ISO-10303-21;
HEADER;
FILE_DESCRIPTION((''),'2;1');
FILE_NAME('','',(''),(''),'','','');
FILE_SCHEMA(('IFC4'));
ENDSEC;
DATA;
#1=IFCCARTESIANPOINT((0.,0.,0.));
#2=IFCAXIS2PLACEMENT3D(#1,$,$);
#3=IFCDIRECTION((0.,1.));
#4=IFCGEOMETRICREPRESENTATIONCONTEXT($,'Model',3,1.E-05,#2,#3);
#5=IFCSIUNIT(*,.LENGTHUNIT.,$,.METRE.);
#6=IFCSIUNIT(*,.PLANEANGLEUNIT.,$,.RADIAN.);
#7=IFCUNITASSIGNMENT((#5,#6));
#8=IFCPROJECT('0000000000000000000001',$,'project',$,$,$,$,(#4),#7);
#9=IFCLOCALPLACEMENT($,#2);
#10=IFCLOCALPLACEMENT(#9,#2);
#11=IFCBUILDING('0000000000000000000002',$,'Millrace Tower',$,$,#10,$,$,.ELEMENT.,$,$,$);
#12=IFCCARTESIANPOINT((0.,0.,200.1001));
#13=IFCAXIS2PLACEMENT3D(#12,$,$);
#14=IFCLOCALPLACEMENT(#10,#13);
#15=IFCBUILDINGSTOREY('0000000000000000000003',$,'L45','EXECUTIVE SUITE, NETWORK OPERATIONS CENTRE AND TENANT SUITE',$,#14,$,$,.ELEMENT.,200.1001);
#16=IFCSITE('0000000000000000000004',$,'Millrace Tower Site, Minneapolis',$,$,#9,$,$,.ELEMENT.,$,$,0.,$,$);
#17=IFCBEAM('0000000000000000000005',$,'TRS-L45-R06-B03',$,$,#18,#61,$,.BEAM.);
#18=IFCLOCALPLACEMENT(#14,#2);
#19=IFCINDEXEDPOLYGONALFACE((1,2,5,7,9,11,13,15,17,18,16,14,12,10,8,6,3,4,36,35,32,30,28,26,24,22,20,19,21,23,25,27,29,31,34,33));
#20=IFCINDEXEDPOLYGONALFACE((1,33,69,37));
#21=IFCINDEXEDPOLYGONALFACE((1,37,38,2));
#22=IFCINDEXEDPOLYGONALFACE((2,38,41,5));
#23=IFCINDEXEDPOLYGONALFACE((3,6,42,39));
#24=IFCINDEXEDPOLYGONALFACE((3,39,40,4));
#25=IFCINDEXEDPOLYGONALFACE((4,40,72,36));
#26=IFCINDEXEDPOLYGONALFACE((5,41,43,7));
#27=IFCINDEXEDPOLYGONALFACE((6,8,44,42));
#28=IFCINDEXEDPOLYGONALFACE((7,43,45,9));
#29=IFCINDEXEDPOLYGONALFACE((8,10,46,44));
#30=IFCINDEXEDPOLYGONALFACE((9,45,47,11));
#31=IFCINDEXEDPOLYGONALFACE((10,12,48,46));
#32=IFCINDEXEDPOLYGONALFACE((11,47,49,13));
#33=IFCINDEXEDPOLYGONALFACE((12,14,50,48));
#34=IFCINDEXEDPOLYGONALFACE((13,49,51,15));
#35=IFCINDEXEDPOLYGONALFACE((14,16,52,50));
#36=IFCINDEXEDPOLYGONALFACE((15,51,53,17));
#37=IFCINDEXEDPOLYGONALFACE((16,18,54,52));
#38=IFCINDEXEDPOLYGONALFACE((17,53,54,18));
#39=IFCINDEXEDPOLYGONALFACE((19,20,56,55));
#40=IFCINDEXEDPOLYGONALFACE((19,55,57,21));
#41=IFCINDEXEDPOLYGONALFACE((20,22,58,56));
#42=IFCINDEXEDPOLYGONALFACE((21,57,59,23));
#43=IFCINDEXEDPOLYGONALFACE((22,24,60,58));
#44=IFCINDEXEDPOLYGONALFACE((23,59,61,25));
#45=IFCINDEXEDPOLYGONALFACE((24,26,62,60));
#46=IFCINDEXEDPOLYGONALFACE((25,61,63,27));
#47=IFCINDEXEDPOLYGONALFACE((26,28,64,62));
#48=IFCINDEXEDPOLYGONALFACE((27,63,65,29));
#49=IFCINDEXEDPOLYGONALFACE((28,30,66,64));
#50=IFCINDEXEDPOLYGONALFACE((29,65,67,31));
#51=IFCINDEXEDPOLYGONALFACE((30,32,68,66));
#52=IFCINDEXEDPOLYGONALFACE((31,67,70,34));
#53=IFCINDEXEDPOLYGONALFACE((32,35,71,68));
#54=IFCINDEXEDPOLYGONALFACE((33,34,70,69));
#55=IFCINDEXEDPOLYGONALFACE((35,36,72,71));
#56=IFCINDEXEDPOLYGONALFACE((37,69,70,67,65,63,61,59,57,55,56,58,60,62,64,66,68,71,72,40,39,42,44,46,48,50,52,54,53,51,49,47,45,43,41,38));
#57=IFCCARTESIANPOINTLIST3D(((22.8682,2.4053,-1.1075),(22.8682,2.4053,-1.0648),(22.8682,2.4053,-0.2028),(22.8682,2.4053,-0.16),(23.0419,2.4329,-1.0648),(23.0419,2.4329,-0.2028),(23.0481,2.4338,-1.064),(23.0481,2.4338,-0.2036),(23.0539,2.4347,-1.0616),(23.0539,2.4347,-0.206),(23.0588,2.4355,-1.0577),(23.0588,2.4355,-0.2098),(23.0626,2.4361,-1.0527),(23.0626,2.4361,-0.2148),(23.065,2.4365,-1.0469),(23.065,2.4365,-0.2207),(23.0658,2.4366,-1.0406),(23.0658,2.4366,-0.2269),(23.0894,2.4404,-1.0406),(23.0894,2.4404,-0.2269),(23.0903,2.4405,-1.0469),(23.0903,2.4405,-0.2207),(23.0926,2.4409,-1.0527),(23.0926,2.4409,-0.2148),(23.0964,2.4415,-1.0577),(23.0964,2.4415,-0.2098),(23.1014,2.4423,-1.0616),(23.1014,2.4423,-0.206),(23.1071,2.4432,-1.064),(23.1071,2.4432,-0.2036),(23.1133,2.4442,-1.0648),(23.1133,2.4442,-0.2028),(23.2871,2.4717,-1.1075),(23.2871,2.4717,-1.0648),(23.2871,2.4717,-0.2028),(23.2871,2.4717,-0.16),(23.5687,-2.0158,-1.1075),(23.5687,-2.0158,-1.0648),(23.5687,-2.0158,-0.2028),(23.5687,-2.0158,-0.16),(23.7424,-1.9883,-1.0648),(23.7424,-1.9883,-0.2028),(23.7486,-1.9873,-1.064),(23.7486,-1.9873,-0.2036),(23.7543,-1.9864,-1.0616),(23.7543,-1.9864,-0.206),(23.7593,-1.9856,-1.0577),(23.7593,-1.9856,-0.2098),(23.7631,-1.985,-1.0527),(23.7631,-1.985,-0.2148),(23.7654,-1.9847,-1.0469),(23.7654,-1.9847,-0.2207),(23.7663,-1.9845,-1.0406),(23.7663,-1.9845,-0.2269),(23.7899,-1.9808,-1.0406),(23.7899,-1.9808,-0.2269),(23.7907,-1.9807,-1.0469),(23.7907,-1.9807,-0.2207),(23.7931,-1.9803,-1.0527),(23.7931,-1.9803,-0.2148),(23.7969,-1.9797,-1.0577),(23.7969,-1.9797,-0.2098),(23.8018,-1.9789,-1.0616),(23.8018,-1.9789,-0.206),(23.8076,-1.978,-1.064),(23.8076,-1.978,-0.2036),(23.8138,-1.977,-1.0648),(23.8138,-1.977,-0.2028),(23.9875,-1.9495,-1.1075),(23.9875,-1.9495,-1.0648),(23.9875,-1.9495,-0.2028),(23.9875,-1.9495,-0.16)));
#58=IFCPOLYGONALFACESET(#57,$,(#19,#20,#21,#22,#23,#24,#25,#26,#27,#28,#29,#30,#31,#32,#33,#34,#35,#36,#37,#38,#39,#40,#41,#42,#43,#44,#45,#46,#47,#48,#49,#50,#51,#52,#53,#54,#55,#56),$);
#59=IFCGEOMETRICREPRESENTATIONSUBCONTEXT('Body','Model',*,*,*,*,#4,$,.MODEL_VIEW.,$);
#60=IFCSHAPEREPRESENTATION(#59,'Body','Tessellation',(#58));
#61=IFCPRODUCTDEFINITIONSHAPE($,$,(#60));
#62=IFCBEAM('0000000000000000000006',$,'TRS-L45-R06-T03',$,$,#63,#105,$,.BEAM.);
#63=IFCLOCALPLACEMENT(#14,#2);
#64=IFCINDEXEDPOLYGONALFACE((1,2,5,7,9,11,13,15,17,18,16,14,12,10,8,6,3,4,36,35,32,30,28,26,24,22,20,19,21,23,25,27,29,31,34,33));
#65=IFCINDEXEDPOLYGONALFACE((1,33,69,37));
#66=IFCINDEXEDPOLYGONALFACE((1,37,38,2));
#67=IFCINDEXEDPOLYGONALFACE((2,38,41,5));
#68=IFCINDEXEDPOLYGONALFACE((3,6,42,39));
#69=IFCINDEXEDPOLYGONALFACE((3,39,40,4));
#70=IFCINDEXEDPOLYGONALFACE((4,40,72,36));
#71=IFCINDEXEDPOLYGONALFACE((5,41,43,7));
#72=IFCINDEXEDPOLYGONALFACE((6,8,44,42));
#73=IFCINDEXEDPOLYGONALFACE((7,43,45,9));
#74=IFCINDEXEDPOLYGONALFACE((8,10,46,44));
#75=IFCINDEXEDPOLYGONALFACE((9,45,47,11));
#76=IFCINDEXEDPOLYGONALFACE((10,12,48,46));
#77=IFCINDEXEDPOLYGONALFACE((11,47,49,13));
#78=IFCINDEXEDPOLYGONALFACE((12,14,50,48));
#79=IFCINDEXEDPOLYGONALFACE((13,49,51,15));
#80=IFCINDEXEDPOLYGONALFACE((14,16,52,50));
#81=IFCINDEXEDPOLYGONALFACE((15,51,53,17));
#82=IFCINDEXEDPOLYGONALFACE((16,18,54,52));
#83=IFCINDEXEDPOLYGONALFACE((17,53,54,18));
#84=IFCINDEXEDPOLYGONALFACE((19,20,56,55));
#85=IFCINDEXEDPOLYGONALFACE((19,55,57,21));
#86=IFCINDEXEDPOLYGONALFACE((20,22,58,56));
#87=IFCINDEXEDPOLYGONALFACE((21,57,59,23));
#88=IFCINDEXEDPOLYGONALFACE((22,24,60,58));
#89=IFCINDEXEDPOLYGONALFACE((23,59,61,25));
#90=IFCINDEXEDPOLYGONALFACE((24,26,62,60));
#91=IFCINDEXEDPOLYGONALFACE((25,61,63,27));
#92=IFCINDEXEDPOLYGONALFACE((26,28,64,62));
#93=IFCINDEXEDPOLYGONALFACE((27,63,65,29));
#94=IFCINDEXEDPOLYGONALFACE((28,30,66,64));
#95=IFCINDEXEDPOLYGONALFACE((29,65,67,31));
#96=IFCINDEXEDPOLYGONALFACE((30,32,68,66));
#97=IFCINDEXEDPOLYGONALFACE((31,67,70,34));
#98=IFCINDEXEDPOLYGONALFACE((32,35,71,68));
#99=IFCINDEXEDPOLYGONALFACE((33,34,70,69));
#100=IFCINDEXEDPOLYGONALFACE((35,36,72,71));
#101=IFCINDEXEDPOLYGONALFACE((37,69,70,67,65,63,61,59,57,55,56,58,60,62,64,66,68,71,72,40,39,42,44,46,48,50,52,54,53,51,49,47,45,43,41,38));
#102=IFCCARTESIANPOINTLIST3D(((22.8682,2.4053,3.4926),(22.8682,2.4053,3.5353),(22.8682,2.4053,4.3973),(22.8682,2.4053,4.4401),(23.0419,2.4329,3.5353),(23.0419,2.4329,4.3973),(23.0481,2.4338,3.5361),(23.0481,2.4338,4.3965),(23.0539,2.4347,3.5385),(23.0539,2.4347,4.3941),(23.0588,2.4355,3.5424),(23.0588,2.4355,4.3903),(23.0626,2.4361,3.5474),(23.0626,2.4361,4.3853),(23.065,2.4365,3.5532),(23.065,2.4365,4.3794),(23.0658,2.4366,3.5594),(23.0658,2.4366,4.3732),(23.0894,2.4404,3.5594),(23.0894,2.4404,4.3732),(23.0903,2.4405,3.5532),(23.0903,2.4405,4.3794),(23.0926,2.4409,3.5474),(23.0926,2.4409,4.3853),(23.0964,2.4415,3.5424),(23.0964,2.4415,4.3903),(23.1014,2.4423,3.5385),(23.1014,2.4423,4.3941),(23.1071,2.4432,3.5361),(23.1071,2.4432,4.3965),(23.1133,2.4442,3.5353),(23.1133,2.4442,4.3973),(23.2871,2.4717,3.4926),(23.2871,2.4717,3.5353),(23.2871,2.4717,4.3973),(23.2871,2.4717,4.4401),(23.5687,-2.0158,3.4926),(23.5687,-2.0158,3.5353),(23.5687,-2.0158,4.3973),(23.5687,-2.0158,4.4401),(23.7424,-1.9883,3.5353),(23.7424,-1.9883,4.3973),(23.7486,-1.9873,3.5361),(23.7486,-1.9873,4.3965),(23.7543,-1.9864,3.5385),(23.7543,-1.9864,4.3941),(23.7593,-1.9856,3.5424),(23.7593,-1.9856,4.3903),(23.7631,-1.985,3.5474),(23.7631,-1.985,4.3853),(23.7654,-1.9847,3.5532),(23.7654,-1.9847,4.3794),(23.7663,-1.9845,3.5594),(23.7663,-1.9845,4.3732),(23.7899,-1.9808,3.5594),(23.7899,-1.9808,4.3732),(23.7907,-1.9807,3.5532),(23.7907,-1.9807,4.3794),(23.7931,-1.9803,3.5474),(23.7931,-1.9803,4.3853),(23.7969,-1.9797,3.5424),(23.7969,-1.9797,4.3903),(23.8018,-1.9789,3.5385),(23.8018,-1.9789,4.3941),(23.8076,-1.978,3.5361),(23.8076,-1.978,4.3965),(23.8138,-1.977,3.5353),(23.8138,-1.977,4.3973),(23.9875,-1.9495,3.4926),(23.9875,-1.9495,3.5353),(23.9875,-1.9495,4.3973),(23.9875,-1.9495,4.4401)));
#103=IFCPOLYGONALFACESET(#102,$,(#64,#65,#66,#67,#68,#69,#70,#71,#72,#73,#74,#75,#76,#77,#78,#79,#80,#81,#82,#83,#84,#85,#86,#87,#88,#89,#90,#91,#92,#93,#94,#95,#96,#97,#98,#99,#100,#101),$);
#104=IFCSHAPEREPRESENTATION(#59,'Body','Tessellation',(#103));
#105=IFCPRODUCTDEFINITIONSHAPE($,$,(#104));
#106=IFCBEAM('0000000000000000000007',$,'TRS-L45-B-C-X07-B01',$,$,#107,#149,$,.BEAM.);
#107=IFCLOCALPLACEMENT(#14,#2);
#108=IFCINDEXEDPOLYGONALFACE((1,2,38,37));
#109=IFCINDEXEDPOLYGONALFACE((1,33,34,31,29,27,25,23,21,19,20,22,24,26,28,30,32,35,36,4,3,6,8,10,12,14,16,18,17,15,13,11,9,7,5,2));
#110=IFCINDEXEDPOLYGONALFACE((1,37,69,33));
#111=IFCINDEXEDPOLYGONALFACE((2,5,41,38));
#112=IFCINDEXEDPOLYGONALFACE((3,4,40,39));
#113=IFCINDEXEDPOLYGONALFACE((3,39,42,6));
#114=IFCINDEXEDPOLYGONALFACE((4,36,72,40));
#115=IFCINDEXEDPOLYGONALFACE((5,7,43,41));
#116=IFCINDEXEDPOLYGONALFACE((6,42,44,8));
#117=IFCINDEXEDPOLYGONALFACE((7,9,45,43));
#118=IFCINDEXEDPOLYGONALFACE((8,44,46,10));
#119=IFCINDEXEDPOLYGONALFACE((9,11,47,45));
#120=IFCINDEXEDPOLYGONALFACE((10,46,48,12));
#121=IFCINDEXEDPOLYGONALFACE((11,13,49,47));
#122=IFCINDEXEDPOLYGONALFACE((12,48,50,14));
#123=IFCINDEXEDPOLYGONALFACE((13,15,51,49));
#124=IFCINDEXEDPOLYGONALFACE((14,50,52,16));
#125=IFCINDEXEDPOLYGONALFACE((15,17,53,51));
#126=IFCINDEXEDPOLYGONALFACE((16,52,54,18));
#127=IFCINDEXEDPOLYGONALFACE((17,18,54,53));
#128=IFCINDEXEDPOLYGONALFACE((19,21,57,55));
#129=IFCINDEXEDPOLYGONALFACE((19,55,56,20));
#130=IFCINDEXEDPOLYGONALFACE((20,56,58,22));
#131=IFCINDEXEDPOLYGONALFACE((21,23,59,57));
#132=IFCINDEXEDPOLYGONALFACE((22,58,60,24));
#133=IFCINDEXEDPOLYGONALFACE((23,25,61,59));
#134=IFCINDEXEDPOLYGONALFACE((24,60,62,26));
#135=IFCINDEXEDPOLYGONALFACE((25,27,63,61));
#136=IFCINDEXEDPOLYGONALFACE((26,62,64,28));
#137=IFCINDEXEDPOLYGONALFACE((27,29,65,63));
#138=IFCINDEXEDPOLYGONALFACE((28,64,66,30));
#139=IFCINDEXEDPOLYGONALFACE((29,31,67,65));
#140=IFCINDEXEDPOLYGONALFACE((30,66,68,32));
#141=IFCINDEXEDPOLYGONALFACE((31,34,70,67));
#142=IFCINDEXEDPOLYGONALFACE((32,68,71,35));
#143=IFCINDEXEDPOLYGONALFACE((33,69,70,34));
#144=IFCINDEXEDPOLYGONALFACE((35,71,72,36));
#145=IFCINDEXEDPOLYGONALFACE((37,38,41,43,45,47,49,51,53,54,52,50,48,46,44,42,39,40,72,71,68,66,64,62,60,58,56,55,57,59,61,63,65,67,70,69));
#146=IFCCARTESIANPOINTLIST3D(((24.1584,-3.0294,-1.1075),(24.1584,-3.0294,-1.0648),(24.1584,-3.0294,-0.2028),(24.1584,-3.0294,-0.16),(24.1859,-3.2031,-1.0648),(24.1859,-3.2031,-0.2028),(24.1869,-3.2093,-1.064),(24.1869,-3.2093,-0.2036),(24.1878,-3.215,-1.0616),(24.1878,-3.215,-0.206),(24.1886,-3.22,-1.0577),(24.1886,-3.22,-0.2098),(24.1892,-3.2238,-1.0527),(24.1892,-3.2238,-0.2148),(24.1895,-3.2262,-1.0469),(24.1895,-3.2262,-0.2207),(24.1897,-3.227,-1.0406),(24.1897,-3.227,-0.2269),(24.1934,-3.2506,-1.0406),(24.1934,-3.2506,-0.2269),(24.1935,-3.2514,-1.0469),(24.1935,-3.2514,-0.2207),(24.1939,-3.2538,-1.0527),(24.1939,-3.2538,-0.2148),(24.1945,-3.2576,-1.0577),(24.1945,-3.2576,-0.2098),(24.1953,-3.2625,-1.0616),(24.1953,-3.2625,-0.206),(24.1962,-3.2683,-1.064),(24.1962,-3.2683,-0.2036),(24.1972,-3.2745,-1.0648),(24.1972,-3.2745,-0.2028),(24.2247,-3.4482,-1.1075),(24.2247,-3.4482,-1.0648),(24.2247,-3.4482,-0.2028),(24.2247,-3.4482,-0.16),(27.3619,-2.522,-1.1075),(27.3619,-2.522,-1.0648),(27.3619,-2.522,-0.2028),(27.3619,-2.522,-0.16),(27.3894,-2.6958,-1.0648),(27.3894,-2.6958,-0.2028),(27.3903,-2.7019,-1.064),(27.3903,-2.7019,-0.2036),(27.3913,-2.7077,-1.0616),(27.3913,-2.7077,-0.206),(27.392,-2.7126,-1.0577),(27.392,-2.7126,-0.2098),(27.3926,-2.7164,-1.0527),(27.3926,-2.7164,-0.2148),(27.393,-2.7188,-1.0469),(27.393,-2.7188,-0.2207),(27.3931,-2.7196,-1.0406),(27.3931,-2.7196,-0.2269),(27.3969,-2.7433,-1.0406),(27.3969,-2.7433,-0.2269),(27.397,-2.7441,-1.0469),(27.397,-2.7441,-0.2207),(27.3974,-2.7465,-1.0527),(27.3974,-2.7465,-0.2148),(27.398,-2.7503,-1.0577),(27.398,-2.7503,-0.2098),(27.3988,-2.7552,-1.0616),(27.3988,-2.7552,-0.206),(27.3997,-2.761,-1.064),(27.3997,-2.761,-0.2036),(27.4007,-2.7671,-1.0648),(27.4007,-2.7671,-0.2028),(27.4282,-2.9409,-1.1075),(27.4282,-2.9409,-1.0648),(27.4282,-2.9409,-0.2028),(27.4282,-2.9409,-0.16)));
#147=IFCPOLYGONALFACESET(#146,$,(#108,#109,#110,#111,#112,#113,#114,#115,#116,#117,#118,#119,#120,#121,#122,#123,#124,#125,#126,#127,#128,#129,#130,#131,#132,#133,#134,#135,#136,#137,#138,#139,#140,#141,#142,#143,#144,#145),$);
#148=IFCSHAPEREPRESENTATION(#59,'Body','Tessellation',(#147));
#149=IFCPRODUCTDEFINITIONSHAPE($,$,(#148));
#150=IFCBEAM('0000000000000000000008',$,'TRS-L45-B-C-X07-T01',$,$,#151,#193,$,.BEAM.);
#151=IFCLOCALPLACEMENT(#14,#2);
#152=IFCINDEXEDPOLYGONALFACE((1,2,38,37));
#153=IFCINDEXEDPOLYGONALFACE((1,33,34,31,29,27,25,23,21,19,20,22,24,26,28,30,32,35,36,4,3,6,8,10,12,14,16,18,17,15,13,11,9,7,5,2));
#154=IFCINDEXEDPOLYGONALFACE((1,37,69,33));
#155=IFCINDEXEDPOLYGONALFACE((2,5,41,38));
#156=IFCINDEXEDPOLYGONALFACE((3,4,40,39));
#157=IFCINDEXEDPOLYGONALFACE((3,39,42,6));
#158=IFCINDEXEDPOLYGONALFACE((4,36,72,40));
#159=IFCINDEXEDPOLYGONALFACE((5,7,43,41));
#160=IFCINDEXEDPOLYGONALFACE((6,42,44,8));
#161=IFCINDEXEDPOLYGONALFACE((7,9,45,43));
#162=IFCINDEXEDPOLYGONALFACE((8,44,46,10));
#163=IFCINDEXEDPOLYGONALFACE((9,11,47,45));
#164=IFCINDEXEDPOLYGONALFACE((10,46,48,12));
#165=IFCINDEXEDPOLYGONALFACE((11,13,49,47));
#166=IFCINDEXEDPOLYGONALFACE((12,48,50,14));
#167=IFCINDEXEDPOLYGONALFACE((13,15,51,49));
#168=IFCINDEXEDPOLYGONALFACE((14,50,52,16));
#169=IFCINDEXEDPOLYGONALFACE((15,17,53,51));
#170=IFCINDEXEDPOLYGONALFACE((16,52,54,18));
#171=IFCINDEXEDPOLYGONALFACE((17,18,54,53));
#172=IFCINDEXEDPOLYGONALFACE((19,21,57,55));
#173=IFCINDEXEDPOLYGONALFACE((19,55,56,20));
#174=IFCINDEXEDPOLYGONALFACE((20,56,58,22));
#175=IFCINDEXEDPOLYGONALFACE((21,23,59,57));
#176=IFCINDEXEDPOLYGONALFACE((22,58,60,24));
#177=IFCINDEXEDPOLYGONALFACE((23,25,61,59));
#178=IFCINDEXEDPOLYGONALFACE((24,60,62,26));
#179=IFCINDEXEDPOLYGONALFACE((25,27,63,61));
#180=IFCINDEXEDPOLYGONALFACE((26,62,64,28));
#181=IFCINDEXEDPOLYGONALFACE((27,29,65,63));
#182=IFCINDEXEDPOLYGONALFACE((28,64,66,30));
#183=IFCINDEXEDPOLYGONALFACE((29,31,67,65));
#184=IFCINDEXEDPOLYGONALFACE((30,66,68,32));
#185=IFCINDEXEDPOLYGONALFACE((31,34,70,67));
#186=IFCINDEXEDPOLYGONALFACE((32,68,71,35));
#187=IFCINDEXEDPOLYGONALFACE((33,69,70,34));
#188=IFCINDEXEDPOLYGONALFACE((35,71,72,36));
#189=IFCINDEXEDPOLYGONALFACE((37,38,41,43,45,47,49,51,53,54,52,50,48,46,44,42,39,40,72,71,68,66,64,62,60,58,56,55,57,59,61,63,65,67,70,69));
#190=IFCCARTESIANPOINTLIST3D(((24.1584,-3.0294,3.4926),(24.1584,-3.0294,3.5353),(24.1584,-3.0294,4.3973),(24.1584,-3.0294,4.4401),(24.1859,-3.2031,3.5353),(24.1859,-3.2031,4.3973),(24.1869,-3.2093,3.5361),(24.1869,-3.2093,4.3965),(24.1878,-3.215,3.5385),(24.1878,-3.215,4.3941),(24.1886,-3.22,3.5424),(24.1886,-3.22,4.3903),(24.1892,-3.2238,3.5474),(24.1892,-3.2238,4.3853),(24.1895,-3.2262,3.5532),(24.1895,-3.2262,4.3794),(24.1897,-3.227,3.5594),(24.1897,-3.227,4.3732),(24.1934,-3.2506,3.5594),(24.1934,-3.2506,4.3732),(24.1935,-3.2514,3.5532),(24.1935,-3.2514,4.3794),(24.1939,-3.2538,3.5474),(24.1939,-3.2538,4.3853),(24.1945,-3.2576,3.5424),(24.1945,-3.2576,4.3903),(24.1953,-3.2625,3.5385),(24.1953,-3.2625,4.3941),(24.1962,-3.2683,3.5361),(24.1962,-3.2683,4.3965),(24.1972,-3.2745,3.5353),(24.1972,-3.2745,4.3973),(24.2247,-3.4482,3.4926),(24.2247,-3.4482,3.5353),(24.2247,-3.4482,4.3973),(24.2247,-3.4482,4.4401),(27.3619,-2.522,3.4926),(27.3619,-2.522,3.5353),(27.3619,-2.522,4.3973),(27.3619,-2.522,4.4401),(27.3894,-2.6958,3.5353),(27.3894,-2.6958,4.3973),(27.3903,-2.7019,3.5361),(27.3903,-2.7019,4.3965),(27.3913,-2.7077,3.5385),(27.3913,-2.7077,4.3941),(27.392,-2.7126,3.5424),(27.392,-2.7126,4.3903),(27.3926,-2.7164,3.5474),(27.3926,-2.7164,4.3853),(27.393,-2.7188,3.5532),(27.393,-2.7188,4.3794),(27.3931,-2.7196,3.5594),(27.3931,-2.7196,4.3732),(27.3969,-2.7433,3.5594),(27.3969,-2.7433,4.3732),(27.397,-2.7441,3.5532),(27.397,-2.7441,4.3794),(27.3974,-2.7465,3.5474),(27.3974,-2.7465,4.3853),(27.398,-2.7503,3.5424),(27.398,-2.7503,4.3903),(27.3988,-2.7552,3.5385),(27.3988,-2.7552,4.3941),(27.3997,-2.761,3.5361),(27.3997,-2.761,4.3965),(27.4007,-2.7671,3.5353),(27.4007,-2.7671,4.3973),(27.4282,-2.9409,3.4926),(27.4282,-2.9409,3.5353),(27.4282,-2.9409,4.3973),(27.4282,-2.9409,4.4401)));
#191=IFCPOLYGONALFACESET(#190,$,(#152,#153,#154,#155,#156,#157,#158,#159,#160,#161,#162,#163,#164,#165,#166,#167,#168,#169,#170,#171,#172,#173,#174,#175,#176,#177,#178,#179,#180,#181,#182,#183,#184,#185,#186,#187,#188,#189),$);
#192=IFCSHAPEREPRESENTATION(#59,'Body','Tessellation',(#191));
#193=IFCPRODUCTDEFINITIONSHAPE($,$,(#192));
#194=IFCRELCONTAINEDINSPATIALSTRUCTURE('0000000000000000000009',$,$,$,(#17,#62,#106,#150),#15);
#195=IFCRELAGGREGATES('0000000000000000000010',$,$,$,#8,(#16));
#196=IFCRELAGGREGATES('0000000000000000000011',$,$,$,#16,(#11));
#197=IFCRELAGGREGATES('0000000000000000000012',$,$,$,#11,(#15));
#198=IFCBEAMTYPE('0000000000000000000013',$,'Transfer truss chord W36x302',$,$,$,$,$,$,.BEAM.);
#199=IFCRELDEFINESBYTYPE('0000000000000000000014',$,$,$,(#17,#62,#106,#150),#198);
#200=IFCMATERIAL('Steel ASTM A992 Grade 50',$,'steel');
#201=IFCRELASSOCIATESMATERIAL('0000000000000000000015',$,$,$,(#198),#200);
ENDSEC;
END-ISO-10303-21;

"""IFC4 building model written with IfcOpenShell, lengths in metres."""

from ifc_helpers import new_model, si_unit, direction, frame, origin, origin_2d, place, context, subcontext, project, spatial, i_section, extrude, material, material_profile, profile_set, type_object, element, save


model = new_model("IFC4")

# Units and contexts
model_context = context("Model", 3, precision=1e-05, world=origin(), true_north=direction((0.0, 1.0)))
body_context = subcontext(model_context, "Body", "Model", "MODEL_VIEW")
ifc_project = project(units=[si_unit("LENGTHUNIT", "METRE"), si_unit("PLANEANGLEUNIT", "RADIAN")], contexts=[model_context])

# Site, building, storey
site_placement = place(None, origin())
site = spatial("IfcSite", under=ifc_project, at=site_placement, Name="Millrace Tower Site, Minneapolis", CompositionType="ELEMENT", RefElevation=0.0)
building_placement = place(site_placement, origin())
building = spatial("IfcBuilding", under=site, at=building_placement, Name="Millrace Tower", CompositionType="ELEMENT")
storey_placement = place(building_placement, frame((0.0, 0.0, 200.1001)))
storey = spatial("IfcBuildingStorey", under=building, at=storey_placement, Name="L45", Description="EXECUTIVE SUITE, NETWORK OPERATIONS CENTRE AND TENANT SUITE", CompositionType="ELEMENT", Elevation=200.1001)

# Beams
ifc_material_1 = material(Name="Steel ASTM A992 Grade 50", Category="steel")
ifc_material_profile_1 = material_profile(ifc_material_1, i_section(OverallWidth=0.4241, OverallDepth=0.9475, WebThickness=0.0239, FlangeThickness=0.0427, FilletRadius=0.0242, at=origin_2d()))
ifc_profile_set_1 = profile_set([ifc_material_profile_1], Name="Steel ASTM A992 Grade 50")
beam_type_1 = type_object("IfcBeamType", Name="Transfer truss chord W36x302", PredefinedType="BEAM", material=ifc_profile_set_1)
for number, where, z_axis, x_axis, name in (
    (1, (23.7781, -1.9827, -0.6338), (-0.156478, 0.987681, 0.0), (-0.987681, -0.156478, 0.0), "TRS-L45-R06-B03"),
    (2, (23.7781, -1.9827, 3.9663), (-0.156478, 0.987681, 0.0), (-0.987681, -0.156478, 0.0), "TRS-L45-R06-T03"),
):
    element("IfcBeam", number, at=place(storey_placement, frame(where, z_axis=z_axis, x_axis=x_axis)), inside=storey, type_object=beam_type_1, Name=name, PredefinedType="BEAM", context=body_context, shape_type="SweptSolid", body=[
        extrude(i_section(OverallWidth=0.4241, OverallDepth=0.9475, WebThickness=0.0239, FlangeThickness=0.0427, FilletRadius=0.0242, at=origin_2d()), origin(), (0.0, 0.0, 1.0), 4.4763),
    ])
for number, where, z_axis, x_axis, name in (
    (3, (27.395, -2.7314, -0.6338), (-0.98769, -0.156423, 0.0), (0.156423, -0.98769, 0.0), "TRS-L45-B-C-X07-B01"),
    (4, (27.395, -2.7314, 3.9663), (-0.98769, -0.156423, 0.0), (0.156423, -0.98769, 0.0), "TRS-L45-B-C-X07-T01"),
):
    element("IfcBeam", number, at=place(storey_placement, frame(where, z_axis=z_axis, x_axis=x_axis)), inside=storey, type_object=beam_type_1, Name=name, PredefinedType="BEAM", context=body_context, shape_type="SweptSolid", body=[
        extrude(i_section(OverallWidth=0.4241, OverallDepth=0.9475, WebThickness=0.0239, FlangeThickness=0.0427, FilletRadius=0.0242, at=origin_2d()), origin(), (0.0, 0.0, 1.0), 3.2434),
    ])

save(model, "model.ifc")
